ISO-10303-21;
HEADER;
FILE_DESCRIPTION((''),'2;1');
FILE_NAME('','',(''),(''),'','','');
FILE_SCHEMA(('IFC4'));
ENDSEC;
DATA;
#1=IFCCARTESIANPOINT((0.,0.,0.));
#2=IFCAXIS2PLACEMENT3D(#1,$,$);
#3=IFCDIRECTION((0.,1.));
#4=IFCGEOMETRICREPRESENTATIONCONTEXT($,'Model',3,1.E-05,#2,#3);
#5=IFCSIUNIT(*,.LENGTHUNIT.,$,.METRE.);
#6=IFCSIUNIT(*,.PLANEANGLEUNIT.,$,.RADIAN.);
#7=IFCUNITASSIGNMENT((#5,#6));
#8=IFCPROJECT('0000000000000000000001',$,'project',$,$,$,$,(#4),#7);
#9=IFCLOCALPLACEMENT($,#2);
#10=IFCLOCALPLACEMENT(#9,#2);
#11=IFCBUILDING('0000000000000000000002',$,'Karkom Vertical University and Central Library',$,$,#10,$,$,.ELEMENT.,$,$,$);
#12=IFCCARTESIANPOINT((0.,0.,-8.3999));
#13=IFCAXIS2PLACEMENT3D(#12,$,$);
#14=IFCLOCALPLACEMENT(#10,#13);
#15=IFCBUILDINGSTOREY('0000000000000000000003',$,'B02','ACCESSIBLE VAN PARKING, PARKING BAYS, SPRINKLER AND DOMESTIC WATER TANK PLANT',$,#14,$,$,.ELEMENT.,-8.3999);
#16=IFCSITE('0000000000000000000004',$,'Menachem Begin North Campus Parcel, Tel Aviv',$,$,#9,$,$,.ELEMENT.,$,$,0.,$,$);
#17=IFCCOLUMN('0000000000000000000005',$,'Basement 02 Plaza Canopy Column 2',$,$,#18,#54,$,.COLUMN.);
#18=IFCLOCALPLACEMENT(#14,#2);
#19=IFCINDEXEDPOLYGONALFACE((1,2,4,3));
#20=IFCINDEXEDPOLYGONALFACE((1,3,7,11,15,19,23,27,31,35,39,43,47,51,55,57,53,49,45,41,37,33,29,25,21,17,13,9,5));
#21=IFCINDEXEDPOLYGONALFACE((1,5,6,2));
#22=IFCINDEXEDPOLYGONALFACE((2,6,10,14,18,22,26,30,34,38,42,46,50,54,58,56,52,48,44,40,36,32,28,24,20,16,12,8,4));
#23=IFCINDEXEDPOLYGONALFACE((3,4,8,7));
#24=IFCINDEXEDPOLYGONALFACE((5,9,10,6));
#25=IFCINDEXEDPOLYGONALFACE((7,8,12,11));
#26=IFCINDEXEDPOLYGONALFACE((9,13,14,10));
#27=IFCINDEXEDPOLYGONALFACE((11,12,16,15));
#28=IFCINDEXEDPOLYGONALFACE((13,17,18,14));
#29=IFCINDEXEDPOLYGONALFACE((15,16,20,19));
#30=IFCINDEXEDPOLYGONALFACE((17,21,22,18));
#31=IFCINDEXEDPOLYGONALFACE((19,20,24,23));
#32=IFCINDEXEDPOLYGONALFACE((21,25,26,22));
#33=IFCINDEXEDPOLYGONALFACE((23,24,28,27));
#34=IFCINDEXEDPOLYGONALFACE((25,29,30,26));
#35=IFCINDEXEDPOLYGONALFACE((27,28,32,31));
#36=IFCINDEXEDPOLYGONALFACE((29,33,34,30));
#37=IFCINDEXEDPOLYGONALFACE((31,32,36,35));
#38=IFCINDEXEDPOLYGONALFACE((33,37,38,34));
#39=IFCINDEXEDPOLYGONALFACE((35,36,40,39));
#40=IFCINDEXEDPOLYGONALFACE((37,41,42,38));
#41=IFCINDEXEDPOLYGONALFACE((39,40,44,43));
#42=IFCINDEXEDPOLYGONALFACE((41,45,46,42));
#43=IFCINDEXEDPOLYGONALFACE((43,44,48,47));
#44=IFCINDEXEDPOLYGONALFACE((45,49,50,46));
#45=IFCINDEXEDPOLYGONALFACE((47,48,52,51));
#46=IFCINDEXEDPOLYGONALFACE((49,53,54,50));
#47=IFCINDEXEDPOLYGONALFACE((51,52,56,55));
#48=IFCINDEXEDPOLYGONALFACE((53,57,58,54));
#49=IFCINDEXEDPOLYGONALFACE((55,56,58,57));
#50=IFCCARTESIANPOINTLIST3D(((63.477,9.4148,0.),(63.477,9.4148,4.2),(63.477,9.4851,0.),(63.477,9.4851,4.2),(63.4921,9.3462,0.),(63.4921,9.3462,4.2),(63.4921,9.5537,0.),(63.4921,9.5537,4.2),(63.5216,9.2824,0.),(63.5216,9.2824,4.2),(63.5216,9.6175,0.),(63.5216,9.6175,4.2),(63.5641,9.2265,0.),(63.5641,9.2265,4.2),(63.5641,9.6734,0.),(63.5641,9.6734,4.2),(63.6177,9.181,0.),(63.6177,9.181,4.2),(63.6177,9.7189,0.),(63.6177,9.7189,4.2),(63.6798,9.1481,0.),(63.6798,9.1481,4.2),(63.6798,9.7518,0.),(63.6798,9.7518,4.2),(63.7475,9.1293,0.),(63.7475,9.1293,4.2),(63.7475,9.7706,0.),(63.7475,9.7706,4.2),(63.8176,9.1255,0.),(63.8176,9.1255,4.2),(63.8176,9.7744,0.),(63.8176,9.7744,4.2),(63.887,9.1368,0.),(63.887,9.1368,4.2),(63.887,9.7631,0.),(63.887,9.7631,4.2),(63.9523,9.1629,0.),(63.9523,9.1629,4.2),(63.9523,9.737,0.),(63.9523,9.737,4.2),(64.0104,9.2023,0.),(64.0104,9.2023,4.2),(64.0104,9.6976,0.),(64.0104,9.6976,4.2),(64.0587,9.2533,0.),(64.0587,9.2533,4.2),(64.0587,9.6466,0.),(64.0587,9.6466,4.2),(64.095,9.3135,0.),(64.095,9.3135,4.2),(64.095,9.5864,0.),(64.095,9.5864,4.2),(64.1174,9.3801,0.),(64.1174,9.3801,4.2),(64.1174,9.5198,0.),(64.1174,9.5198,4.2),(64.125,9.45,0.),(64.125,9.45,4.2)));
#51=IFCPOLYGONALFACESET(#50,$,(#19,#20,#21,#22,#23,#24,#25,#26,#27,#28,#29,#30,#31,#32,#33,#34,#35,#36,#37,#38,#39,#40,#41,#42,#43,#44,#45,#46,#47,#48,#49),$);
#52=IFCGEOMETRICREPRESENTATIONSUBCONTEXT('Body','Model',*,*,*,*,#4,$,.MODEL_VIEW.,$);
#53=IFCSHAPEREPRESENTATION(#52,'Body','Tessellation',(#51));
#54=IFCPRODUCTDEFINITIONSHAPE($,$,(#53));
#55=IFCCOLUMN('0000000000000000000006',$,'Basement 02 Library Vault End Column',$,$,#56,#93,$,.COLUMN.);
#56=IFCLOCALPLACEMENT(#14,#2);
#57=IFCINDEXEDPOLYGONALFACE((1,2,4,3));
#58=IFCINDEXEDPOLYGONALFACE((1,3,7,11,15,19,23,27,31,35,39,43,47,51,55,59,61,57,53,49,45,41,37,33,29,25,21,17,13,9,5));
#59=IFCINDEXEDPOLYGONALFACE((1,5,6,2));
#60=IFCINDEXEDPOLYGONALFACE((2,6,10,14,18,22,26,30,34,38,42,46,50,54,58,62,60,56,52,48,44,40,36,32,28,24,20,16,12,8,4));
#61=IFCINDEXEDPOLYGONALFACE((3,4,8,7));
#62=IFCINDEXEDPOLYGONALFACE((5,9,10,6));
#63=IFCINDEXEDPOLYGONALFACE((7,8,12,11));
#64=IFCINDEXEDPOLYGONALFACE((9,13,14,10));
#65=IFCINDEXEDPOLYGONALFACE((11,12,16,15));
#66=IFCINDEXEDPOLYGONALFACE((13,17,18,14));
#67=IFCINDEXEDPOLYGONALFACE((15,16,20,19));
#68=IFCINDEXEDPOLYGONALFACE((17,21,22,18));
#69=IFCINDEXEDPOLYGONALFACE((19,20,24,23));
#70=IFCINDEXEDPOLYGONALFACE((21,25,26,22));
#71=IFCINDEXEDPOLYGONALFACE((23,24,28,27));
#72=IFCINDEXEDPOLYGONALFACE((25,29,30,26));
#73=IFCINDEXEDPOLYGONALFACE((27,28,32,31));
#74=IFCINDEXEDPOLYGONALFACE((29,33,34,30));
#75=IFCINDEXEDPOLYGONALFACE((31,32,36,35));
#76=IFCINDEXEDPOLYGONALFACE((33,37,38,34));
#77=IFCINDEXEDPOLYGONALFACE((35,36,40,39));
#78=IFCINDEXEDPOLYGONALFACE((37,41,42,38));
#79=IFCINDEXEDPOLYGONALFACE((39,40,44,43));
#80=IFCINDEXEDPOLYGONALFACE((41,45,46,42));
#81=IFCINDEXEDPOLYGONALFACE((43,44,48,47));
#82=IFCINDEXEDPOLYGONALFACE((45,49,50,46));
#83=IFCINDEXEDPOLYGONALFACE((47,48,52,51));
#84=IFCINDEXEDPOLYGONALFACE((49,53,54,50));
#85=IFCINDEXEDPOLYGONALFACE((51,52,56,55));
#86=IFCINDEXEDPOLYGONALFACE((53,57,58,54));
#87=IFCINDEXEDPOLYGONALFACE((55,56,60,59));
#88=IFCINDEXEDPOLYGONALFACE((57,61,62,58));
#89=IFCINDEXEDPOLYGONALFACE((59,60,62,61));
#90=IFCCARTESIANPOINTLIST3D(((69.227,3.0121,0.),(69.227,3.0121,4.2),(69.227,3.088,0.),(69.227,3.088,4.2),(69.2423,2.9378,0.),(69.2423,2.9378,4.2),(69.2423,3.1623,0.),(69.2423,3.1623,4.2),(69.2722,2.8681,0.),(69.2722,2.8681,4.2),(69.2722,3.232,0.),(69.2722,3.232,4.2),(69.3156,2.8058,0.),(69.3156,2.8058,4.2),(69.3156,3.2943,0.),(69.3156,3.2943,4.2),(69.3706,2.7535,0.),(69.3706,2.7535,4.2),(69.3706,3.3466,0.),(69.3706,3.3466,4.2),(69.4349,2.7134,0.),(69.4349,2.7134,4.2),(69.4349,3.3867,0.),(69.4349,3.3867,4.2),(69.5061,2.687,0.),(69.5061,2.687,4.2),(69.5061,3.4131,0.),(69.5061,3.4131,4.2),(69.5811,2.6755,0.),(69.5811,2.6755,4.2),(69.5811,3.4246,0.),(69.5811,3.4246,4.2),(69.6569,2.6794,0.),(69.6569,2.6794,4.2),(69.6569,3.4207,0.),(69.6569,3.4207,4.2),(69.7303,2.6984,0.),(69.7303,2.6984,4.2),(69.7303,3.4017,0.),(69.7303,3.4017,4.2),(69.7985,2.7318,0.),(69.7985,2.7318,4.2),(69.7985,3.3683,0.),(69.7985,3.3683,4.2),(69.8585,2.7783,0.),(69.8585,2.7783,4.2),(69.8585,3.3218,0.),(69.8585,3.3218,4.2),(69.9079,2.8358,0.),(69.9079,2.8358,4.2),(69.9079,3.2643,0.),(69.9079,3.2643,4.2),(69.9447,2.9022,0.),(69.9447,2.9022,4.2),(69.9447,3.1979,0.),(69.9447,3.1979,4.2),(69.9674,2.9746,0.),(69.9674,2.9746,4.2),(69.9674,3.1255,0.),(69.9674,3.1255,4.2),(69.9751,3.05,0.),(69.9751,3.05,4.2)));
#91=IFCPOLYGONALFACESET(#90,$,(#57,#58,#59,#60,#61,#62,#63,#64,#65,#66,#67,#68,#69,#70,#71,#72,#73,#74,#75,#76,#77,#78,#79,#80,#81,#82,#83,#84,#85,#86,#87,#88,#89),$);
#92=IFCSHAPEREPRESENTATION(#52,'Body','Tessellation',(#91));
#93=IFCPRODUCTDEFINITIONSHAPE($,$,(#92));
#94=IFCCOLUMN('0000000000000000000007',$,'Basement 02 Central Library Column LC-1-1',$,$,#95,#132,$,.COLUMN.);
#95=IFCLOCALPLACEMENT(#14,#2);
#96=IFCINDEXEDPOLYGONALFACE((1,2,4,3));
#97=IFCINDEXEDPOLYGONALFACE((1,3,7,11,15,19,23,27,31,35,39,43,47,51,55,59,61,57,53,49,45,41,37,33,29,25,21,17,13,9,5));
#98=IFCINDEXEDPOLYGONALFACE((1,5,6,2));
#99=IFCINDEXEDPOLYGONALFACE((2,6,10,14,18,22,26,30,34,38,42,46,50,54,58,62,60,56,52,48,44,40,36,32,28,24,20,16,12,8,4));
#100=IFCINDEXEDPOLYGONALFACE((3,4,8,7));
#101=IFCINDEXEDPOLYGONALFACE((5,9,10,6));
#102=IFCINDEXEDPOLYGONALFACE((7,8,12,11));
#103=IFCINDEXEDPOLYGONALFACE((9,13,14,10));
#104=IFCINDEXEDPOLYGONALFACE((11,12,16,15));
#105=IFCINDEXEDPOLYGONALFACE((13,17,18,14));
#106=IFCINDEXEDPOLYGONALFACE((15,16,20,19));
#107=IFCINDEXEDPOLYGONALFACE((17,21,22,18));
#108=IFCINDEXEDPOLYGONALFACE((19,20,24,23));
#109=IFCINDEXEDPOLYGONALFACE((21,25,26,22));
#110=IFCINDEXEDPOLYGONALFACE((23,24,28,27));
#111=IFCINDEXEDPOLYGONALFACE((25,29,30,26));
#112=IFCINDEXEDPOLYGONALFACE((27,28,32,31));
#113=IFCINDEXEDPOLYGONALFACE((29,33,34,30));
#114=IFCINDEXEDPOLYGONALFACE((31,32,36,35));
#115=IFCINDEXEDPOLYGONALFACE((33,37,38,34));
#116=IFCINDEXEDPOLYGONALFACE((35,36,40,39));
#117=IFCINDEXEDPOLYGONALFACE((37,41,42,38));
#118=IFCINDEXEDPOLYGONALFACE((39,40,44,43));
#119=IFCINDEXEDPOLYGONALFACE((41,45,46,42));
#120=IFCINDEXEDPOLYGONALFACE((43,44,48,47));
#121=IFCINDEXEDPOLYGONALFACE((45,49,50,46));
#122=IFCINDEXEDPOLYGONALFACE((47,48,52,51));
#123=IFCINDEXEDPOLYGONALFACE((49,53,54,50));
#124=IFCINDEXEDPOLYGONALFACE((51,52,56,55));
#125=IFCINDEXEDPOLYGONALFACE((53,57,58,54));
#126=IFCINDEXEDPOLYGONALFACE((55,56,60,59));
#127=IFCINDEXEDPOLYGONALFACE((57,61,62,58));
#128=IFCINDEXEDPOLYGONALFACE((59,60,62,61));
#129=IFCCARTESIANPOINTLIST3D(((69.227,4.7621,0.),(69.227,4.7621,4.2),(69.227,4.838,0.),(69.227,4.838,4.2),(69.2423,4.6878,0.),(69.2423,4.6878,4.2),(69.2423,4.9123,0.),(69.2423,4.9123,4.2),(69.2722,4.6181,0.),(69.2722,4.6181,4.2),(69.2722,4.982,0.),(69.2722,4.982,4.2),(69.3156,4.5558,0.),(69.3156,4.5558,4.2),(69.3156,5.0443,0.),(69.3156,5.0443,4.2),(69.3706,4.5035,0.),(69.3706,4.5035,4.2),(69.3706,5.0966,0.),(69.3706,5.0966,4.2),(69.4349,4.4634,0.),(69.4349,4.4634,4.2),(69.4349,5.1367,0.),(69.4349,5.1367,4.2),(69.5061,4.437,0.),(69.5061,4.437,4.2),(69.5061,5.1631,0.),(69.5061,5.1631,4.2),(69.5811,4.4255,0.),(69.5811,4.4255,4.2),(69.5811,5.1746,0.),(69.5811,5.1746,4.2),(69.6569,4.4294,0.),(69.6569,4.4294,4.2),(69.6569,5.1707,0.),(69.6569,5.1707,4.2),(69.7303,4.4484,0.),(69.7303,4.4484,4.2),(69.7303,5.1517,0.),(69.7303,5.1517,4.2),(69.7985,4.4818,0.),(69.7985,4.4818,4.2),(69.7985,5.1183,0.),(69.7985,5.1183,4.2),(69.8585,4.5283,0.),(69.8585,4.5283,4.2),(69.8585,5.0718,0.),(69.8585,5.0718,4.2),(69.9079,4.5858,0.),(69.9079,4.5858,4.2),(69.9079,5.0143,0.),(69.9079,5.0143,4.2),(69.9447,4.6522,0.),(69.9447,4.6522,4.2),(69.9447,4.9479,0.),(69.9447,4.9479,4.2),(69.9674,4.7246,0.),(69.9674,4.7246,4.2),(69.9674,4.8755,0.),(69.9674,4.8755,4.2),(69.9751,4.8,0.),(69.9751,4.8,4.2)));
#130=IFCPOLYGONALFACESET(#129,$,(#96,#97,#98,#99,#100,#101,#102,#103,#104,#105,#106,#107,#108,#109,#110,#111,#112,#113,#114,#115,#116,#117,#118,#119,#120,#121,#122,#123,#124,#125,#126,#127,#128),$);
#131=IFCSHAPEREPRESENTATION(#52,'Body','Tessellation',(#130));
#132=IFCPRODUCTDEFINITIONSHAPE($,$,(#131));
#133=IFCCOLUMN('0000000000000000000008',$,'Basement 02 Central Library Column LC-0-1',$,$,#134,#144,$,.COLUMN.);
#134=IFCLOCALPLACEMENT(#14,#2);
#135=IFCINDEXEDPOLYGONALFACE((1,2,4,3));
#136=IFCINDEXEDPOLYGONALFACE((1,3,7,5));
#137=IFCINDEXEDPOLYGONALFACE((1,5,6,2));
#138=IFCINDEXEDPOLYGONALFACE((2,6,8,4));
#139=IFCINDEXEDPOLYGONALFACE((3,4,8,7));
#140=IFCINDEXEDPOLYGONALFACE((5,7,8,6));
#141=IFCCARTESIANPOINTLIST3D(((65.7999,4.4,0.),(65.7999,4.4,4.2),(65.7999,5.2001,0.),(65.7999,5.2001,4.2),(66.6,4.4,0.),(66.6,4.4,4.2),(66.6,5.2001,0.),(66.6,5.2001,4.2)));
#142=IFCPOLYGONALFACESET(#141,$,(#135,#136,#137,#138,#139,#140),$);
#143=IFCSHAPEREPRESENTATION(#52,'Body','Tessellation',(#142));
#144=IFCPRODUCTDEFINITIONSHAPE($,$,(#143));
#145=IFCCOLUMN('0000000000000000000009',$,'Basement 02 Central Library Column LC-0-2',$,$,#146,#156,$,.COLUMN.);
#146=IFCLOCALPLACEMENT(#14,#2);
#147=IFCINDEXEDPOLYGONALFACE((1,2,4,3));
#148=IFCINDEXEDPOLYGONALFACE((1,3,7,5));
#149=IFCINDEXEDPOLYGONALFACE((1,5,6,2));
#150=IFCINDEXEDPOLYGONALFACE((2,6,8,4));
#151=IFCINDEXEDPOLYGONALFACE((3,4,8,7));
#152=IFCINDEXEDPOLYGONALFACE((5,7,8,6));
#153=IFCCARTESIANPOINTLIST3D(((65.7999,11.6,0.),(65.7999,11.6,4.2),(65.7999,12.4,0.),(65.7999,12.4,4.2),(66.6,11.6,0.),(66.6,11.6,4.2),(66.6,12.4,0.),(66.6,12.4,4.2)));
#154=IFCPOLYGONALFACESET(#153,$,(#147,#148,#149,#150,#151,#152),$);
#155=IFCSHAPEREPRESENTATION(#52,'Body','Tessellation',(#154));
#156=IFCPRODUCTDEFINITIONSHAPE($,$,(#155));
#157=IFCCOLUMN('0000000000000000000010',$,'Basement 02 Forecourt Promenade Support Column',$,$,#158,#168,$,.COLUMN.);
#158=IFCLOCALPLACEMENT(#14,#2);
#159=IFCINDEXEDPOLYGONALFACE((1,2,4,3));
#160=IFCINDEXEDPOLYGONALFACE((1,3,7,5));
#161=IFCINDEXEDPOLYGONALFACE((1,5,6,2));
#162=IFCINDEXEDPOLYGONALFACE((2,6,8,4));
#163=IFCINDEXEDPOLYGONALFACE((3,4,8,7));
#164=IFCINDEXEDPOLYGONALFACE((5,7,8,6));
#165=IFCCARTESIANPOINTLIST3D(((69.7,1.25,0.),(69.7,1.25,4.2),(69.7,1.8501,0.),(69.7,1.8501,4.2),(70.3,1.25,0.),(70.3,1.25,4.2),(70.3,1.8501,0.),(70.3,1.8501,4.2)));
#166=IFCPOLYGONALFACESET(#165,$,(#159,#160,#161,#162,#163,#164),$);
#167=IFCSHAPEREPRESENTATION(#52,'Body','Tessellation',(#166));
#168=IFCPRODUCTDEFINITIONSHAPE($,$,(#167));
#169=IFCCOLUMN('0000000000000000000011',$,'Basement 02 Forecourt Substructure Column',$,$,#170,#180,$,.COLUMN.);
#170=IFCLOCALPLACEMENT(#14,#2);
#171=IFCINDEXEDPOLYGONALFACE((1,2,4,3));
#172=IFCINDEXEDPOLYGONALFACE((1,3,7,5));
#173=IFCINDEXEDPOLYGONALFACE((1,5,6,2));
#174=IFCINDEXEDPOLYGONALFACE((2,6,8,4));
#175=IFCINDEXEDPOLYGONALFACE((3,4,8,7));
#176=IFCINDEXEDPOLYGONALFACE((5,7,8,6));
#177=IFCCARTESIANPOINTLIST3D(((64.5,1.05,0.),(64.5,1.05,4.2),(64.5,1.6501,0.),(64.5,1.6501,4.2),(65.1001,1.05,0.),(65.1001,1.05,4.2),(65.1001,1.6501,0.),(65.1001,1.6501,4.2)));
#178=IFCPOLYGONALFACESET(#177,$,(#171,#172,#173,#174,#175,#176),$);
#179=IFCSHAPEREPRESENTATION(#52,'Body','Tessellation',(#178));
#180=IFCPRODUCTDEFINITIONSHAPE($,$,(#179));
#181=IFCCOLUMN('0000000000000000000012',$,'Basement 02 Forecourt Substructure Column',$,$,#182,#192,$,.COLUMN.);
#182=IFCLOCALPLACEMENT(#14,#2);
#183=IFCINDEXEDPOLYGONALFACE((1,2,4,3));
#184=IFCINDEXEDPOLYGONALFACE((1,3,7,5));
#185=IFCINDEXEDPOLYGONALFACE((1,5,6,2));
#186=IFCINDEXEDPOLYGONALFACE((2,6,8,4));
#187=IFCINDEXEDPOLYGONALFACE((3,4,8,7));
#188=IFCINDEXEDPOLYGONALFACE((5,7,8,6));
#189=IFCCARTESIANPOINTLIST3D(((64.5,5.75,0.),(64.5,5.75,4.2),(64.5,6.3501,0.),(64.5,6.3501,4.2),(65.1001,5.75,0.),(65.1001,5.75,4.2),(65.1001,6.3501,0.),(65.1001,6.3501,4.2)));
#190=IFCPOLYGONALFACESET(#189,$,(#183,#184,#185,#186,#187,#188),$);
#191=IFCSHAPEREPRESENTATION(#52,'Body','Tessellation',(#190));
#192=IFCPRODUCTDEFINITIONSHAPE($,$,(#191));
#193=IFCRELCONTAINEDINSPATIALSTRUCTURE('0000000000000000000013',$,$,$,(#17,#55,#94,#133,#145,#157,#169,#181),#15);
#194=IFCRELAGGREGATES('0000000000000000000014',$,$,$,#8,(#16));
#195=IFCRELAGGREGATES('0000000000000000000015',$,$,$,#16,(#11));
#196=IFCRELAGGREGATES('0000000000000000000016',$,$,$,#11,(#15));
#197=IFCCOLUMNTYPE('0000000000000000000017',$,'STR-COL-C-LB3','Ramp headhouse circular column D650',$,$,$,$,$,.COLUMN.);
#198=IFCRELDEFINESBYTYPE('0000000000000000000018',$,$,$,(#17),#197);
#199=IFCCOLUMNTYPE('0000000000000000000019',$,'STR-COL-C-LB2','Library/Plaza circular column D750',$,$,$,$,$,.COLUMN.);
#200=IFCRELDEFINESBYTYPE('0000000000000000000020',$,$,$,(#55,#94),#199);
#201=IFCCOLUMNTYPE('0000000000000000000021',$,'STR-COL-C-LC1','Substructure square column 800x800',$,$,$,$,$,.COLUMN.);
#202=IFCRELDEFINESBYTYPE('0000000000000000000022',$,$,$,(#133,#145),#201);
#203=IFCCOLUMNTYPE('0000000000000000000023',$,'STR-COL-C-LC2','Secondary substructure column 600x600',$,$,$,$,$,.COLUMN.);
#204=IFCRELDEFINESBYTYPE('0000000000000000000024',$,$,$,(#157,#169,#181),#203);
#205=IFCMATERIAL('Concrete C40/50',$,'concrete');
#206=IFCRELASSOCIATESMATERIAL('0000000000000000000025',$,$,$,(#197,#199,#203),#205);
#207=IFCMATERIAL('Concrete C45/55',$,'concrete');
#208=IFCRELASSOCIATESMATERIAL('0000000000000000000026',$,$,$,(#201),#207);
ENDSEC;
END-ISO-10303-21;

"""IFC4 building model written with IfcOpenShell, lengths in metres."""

from ifc_helpers import new_model, si_unit, direction, frame, origin, origin_with_axes, origin_2d, place, context, subcontext, project, spatial, rectangle, circle, extrude, source, transform, mapped, material, material_profile, profile_set, type_object, element, save


model = new_model("IFC4")

# Units and contexts
model_context = context("Model", 3, precision=1e-05, world=origin(), true_north=direction((0.0, 1.0)))
body_context = subcontext(model_context, "Body", "Model", "MODEL_VIEW")
ifc_project = project(units=[si_unit("LENGTHUNIT", "METRE"), si_unit("PLANEANGLEUNIT", "RADIAN")], contexts=[model_context])

# Site, building, storey
site_placement = place(None, origin())
site = spatial("IfcSite", under=ifc_project, at=site_placement, Name="Menachem Begin North Campus Parcel, Tel Aviv", CompositionType="ELEMENT", RefElevation=0.0)
building_placement = place(site_placement, origin())
building = spatial("IfcBuilding", under=site, at=building_placement, Name="Karkom Vertical University and Central Library", CompositionType="ELEMENT")
storey_placement = place(building_placement, frame((0.0, 0.0, -8.3999)))
storey = spatial("IfcBuildingStorey", under=building, at=storey_placement, Name="B02", Description="ACCESSIBLE VAN PARKING, PARKING BAYS, SPRINKLER AND DOMESTIC WATER TANK PLANT", CompositionType="ELEMENT", Elevation=-8.3999)

# Shared definitions
ifc_material_1 = material(Name="Concrete C40/50", Category="concrete")

# Shared definitions
ifc_material_2 = material(Name="Concrete C45/55", Category="concrete")

# Columns
ifc_material_profile_1 = material_profile(ifc_material_1, circle(Radius=0.325, at=origin_2d()), Name="RC-D650")
ifc_profile_set_1 = profile_set([ifc_material_profile_1], Name="Concrete C40/50")
column_type_1 = type_object("IfcColumnType", Name="STR-COL-C-LB3", Description="Ramp headhouse circular column D650", PredefinedType="COLUMN", material=ifc_profile_set_1)
shared_shape_1 = source(origin_with_axes(), body_context, "Body", "SweptSolid", [
    extrude(circle(Radius=0.325, at=origin_2d()), origin(), (0.0, 0.0, 1.0), 4.2),
])
for number, where, z_axis, x_axis, name in (
    (1, (63.8, 9.45, 0.0), (0.0, 0.0, 1.0), (1.0, 0.0, 0.0), "Basement 02 Plaza Canopy Column 2"),
):
    element("IfcColumn", number, at=place(storey_placement, frame(where, z_axis=z_axis, x_axis=x_axis)), inside=storey, type_object=column_type_1, Name=name, PredefinedType="COLUMN", context=body_context, shape_type="MappedRepresentation", body=[
        mapped(shared_shape_1, transform((0.0, 0.0, 0.0), scale=1.0)),
    ])
ifc_material_profile_2 = material_profile(ifc_material_1, circle(Radius=0.375, at=origin_2d()), Name="RC-D750")
ifc_profile_set_2 = profile_set([ifc_material_profile_2], Name="Concrete C40/50")
column_type_2 = type_object("IfcColumnType", Name="STR-COL-C-LB2", Description="Library/Plaza circular column D750", PredefinedType="COLUMN", material=ifc_profile_set_2)
shared_shape_2 = source(origin_with_axes(), body_context, "Body", "SweptSolid", [
    extrude(circle(Radius=0.375, at=origin_2d()), origin(), (0.0, 0.0, 1.0), 4.2),
])
for number, where, z_axis, x_axis, name in (
    (2, (69.6001, 3.05, 0.0), (0.0, 0.0, 1.0), (1.0, 0.0, 0.0), "Basement 02 Library Vault End Column"),
    (3, (69.6001, 4.8, 0.0), (0.0, 0.0, 1.0), (1.0, 0.0, 0.0), "Basement 02 Central Library Column LC-1-1"),
):
    element("IfcColumn", number, at=place(storey_placement, frame(where, z_axis=z_axis, x_axis=x_axis)), inside=storey, type_object=column_type_2, Name=name, PredefinedType="COLUMN", context=body_context, shape_type="MappedRepresentation", body=[
        mapped(shared_shape_2, transform((0.0, 0.0, 0.0), scale=1.0)),
    ])
ifc_material_profile_3 = material_profile(ifc_material_2, rectangle(XDim=0.8, YDim=0.8, at=origin_2d()), Name="RC-800x800")
ifc_profile_set_3 = profile_set([ifc_material_profile_3], Name="Concrete C45/55")
column_type_3 = type_object("IfcColumnType", Name="STR-COL-C-LC1", Description="Substructure square column 800x800", PredefinedType="COLUMN", material=ifc_profile_set_3)
shared_shape_3 = source(origin_with_axes(), body_context, "Body", "SweptSolid", [
    extrude(rectangle(XDim=0.8, YDim=0.8, at=origin_2d()), origin(), (0.0, 0.0, 1.0), 4.2),
])
for number, where, z_axis, x_axis, name in (
    (4, (66.2, 4.8, 0.0), (0.0, 0.0, 1.0), (1.0, 0.0, 0.0), "Basement 02 Central Library Column LC-0-1"),
    (5, (66.2, 12.0, 0.0), (0.0, 0.0, 1.0), (1.0, 0.0, 0.0), "Basement 02 Central Library Column LC-0-2"),
):
    element("IfcColumn", number, at=place(storey_placement, frame(where, z_axis=z_axis, x_axis=x_axis)), inside=storey, type_object=column_type_3, Name=name, PredefinedType="COLUMN", context=body_context, shape_type="MappedRepresentation", body=[
        mapped(shared_shape_3, transform((0.0, 0.0, 0.0), scale=1.0)),
    ])
ifc_material_profile_4 = material_profile(ifc_material_1, rectangle(XDim=0.6001, YDim=0.6001, at=origin_2d()), Name="RC-600x600")
ifc_profile_set_4 = profile_set([ifc_material_profile_4], Name="Concrete C40/50")
column_type_4 = type_object("IfcColumnType", Name="STR-COL-C-LC2", Description="Secondary substructure column 600x600", PredefinedType="COLUMN", material=ifc_profile_set_4)
shared_shape_4 = source(origin_with_axes(), body_context, "Body", "SweptSolid", [
    extrude(rectangle(XDim=0.6001, YDim=0.6001, at=origin_2d()), origin(), (0.0, 0.0, 1.0), 4.2),
])
for number, where, z_axis, x_axis, name in (
    (6, (70.0, 1.55, 0.0), (0.0, 0.0, 1.0), (1.0, 0.0, 0.0), "Basement 02 Forecourt Promenade Support Column"),
    (7, (64.8, 1.3501, 0.0), (0.0, 0.0, 1.0), (1.0, 0.0, 0.0), "Basement 02 Forecourt Substructure Column"),
    (8, (64.8, 6.05, 0.0), (0.0, 0.0, 1.0), (1.0, 0.0, 0.0), "Basement 02 Forecourt Substructure Column"),
):
    element("IfcColumn", number, at=place(storey_placement, frame(where, z_axis=z_axis, x_axis=x_axis)), inside=storey, type_object=column_type_4, Name=name, PredefinedType="COLUMN", context=body_context, shape_type="MappedRepresentation", body=[
        mapped(shared_shape_4, transform((0.0, 0.0, 0.0), scale=1.0)),
    ])

save(model, "model.ifc")
